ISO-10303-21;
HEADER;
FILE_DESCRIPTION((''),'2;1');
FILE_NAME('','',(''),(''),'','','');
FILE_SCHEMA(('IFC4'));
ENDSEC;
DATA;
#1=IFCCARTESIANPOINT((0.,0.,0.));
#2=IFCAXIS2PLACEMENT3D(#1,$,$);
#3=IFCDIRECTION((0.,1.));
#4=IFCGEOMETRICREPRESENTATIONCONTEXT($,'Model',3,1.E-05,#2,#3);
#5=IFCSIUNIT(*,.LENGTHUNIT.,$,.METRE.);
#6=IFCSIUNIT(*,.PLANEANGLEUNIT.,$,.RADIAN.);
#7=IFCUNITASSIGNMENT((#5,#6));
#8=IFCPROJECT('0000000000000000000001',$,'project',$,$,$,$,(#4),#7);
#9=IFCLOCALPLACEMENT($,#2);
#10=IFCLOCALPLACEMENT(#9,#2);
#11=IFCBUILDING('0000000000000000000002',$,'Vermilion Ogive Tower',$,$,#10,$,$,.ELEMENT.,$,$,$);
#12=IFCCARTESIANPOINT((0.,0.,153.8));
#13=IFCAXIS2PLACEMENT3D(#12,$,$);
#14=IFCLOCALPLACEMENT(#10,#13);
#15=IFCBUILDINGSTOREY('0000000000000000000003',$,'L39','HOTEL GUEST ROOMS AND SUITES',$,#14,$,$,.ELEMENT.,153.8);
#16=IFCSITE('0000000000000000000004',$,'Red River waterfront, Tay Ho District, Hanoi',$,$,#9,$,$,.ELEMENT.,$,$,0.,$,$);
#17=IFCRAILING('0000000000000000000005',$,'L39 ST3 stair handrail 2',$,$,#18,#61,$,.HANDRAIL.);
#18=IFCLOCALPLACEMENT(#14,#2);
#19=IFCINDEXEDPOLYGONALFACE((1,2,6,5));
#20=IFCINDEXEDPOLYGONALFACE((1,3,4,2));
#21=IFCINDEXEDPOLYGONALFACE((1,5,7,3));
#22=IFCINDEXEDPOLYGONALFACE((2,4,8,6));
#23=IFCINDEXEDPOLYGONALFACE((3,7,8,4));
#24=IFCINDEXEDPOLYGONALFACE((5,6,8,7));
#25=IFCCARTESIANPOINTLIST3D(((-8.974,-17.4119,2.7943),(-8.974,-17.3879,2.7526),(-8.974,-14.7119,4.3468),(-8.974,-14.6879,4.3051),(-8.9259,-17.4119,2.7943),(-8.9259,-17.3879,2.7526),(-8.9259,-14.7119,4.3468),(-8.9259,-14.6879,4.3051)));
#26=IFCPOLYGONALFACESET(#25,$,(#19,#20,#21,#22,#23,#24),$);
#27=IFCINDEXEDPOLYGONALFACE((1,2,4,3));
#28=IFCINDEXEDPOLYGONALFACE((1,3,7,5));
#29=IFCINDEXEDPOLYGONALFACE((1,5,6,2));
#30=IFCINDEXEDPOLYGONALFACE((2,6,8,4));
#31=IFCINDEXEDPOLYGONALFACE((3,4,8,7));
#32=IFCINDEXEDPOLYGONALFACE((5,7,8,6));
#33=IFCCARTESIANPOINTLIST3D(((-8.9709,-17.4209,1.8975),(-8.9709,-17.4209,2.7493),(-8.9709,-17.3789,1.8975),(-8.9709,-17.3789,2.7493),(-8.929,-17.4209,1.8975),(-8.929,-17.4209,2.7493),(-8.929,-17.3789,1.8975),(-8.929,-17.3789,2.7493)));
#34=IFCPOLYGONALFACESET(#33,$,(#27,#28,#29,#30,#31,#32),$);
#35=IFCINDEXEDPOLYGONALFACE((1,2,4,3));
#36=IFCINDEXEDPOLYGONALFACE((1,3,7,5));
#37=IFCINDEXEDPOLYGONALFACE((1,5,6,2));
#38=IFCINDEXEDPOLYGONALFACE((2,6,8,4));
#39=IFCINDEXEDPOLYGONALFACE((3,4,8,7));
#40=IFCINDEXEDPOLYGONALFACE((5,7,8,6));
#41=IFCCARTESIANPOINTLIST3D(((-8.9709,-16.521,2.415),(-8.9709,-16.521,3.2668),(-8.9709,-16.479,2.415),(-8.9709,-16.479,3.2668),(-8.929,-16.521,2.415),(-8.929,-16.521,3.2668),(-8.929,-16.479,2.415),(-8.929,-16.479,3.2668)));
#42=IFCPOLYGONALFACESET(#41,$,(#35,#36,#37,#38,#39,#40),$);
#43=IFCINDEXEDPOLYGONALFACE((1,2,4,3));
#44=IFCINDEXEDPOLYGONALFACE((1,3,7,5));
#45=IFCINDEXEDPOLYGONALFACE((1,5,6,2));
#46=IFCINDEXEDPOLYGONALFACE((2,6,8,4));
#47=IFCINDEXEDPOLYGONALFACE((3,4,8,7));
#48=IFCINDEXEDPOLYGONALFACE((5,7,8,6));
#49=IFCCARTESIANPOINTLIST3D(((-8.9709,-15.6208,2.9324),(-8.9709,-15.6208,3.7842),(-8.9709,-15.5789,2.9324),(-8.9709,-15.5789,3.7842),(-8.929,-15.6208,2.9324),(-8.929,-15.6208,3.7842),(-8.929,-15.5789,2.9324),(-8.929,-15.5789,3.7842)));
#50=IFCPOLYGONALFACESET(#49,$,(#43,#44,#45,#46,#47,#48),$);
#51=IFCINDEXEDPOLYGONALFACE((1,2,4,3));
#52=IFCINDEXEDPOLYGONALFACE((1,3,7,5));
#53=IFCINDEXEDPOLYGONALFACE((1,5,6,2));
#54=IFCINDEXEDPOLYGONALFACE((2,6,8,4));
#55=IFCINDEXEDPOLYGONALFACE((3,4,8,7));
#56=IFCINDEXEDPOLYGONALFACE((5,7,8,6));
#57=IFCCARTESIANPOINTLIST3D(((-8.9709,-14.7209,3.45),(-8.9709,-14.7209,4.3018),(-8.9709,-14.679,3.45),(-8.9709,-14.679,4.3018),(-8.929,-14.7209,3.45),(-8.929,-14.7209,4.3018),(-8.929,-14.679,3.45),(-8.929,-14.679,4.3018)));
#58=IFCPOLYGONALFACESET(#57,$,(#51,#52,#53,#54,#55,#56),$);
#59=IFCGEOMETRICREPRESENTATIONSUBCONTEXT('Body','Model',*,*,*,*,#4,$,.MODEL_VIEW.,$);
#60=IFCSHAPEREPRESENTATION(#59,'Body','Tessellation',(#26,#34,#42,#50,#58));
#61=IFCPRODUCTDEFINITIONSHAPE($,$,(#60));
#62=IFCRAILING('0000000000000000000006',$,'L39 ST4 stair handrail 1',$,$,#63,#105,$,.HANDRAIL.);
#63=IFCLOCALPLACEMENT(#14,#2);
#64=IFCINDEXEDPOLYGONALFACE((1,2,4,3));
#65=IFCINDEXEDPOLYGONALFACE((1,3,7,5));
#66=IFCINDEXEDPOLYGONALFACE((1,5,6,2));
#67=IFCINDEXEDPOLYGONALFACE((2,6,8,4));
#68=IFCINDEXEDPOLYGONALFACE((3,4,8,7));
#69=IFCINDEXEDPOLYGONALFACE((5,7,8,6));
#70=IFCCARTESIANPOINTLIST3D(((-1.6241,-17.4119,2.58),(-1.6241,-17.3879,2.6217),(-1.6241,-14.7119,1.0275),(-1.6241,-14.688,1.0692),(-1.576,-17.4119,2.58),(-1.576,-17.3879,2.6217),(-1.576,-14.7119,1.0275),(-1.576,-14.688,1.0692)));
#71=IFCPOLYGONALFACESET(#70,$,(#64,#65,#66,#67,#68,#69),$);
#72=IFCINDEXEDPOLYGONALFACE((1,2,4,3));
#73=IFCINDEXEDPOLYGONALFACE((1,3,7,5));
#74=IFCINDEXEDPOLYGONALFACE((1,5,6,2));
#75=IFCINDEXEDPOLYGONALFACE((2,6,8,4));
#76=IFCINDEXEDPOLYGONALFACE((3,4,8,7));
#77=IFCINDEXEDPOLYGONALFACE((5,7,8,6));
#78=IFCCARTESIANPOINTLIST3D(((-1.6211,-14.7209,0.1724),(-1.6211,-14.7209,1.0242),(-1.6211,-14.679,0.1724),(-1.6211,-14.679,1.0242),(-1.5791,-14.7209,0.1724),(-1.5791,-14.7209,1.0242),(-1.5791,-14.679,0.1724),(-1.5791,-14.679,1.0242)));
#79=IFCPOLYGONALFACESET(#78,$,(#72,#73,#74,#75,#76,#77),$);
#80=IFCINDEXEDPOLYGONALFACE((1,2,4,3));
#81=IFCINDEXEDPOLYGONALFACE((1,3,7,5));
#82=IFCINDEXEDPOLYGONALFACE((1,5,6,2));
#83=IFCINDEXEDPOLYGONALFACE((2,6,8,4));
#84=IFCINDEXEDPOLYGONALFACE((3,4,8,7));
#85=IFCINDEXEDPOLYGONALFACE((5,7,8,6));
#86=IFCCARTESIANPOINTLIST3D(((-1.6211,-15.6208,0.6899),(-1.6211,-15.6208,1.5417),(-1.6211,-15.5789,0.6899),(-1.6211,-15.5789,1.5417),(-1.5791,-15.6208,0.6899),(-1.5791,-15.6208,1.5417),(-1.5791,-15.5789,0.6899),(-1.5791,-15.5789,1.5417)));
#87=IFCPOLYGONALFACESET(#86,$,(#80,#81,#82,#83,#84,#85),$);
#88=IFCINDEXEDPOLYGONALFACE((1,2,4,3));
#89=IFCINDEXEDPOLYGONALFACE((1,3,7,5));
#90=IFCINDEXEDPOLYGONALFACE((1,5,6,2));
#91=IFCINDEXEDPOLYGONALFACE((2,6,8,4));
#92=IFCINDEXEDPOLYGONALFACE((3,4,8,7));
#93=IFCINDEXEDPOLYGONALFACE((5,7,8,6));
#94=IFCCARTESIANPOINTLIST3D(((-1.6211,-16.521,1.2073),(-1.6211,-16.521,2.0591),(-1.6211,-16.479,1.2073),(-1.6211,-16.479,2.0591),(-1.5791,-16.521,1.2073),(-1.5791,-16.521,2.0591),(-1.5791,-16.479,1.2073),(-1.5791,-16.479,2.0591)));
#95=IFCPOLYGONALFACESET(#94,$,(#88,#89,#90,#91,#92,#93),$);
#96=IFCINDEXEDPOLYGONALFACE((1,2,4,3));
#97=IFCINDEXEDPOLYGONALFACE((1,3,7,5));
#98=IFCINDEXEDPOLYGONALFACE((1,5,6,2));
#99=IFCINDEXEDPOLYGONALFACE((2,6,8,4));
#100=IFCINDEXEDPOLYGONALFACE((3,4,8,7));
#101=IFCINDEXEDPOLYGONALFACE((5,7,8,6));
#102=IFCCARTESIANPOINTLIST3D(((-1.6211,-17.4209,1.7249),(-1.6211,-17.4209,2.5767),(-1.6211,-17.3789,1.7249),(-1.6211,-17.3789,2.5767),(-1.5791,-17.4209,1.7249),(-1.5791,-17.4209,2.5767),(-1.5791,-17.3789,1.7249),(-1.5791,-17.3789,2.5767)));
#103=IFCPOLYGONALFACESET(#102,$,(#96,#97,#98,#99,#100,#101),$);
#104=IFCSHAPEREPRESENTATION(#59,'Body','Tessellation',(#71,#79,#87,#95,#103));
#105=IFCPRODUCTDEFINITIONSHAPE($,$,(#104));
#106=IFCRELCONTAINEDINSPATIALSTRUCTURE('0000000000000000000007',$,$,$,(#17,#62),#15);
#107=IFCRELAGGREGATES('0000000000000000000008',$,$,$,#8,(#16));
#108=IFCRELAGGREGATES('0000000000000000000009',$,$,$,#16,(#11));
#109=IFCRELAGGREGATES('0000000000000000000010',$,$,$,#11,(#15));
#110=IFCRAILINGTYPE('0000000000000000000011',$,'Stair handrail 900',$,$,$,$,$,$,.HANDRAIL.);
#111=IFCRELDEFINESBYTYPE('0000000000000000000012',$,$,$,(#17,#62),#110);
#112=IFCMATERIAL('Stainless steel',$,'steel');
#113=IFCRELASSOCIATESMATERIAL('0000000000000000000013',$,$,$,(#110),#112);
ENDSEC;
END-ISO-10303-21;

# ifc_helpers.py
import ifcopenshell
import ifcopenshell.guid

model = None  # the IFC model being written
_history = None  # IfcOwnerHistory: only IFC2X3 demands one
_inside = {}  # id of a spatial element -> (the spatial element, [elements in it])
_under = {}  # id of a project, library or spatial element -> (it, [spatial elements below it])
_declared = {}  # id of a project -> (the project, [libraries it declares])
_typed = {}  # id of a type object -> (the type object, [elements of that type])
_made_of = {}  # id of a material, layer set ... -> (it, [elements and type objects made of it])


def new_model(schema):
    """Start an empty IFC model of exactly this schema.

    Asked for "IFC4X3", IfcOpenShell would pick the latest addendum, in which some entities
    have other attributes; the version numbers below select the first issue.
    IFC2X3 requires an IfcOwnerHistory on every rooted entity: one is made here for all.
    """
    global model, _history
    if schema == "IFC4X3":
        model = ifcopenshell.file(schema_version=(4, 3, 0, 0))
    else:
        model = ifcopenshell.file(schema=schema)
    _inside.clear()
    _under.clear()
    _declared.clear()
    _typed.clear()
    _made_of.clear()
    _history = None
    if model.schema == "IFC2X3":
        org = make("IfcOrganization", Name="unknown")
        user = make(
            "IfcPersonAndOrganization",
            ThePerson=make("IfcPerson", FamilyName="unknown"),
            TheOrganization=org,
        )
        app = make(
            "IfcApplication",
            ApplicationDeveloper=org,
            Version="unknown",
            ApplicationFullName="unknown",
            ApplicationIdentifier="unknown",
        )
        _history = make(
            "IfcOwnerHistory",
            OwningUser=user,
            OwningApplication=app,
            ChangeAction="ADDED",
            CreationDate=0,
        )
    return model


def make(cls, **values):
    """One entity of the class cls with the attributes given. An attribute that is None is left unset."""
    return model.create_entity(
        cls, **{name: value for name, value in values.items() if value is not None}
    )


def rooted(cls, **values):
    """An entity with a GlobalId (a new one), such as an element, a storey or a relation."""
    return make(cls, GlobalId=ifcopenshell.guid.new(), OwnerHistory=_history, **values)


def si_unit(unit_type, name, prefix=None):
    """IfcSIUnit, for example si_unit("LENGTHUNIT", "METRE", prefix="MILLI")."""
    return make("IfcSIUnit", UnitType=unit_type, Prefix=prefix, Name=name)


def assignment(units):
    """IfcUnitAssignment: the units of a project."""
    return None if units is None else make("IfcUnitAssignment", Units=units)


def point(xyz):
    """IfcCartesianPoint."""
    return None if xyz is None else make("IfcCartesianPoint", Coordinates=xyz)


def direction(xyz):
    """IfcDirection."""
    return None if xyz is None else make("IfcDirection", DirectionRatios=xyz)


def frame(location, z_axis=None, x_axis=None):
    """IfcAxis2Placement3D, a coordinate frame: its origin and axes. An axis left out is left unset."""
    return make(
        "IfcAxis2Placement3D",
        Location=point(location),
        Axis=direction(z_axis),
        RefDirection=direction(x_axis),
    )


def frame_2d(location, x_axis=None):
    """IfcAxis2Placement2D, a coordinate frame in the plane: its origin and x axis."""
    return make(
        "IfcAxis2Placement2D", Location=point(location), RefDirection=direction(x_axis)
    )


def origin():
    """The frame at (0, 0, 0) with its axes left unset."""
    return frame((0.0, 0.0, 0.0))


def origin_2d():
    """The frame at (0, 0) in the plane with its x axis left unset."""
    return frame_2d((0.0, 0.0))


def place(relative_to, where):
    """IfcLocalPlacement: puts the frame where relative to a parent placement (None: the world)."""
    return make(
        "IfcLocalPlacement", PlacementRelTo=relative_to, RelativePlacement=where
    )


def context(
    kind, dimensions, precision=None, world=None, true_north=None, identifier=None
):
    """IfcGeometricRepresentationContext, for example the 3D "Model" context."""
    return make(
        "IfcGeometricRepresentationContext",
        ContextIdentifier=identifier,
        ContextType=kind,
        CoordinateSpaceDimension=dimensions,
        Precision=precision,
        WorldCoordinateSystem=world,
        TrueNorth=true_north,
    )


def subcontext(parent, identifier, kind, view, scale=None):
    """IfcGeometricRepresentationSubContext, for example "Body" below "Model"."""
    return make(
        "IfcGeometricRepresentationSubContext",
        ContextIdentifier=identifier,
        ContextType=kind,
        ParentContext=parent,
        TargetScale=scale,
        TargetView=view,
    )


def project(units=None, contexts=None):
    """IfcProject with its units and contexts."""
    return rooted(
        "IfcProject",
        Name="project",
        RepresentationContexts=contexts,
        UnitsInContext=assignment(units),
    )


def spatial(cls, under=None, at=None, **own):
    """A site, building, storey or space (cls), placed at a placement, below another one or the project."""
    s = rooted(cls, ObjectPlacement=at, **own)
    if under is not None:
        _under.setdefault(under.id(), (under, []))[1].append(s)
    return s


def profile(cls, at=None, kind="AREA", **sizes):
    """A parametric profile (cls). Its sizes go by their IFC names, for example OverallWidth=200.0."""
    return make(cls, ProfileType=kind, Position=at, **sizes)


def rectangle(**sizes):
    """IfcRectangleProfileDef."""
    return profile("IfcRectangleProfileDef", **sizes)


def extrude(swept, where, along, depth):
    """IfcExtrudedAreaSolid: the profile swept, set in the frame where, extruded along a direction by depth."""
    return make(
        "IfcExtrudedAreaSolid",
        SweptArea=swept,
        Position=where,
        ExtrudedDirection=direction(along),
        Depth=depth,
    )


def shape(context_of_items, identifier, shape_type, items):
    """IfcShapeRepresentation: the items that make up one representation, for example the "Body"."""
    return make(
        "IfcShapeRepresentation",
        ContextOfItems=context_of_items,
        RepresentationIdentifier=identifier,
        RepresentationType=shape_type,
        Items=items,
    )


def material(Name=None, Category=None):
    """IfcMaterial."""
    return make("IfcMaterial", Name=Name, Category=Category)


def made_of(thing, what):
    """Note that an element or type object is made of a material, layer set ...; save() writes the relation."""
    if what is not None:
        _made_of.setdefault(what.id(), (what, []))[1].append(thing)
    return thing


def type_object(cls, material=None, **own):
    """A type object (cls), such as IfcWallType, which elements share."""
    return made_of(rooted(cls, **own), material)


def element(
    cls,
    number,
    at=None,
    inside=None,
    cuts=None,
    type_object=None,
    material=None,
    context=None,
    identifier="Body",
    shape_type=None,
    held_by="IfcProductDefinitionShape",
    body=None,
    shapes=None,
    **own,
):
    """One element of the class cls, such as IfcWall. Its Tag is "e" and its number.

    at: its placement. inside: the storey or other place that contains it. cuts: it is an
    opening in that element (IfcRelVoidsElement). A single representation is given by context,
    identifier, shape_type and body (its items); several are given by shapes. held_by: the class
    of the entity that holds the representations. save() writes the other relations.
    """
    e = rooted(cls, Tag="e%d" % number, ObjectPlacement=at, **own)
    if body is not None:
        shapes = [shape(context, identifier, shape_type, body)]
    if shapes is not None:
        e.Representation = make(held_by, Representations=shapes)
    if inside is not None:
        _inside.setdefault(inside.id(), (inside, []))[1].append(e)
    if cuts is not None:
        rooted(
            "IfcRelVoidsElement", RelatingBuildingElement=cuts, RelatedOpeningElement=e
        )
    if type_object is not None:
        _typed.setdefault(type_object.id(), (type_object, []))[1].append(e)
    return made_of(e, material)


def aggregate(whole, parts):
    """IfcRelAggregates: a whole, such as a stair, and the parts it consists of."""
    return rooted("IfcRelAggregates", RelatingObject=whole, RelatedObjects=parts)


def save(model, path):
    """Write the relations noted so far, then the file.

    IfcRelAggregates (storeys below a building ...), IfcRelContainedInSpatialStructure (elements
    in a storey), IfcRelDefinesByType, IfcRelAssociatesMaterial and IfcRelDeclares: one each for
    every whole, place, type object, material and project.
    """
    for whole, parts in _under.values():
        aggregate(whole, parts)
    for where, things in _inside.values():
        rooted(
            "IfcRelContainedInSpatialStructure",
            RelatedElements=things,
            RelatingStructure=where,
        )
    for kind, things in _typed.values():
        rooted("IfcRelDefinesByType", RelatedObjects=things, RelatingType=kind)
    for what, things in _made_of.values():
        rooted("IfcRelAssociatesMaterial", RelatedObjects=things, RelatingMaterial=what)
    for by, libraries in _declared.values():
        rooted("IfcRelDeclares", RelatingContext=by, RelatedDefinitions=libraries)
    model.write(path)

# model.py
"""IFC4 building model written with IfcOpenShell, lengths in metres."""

from ifc_helpers import new_model, si_unit, direction, frame, origin, origin_2d, place, context, subcontext, project, spatial, rectangle, extrude, material, type_object, element, save


model = new_model("IFC4")

# Units and contexts
model_context = context("Model", 3, precision=1e-05, world=origin(), true_north=direction((0.0, 1.0)))
body_context = subcontext(model_context, "Body", "Model", "MODEL_VIEW")
ifc_project = project(units=[si_unit("LENGTHUNIT", "METRE"), si_unit("PLANEANGLEUNIT", "RADIAN")], contexts=[model_context])

# Site, building, storey
site_placement = place(None, origin())
site = spatial("IfcSite", under=ifc_project, at=site_placement, Name="Red River waterfront, Tay Ho District, Hanoi", CompositionType="ELEMENT", RefElevation=0.0)
building_placement = place(site_placement, origin())
building = spatial("IfcBuilding", under=site, at=building_placement, Name="Vermilion Ogive Tower", CompositionType="ELEMENT")
storey_placement = place(building_placement, frame((0.0, 0.0, 153.8)))
storey = spatial("IfcBuildingStorey", under=building, at=storey_placement, Name="L39", Description="HOTEL GUEST ROOMS AND SUITES", CompositionType="ELEMENT", Elevation=153.8)

# Railings
ifc_material_1 = material(Name="Stainless steel", Category="steel")
railing_type_1 = type_object("IfcRailingType", Name="Stair handrail 900", PredefinedType="HANDRAIL", material=ifc_material_1)
railing_1_placement = place(storey_placement, frame((-8.95, -17.3999, 1.8975)))
element("IfcRailing", 1, at=railing_1_placement, inside=storey, type_object=railing_type_1, Name="L39 ST3 stair handrail 2", PredefinedType="HANDRAIL", context=body_context, shape_type="SweptSolid", body=[
    extrude(rectangle(XDim=0.0481, YDim=0.0481, at=origin_2d()), frame((0.0, 0.0, 0.876), z_axis=(0.0, 0.866904, 0.498476), x_axis=(-1.0, 0.0, 0.0)), (0.0, 0.0, 1.0), 3.1145),
    extrude(rectangle(XDim=0.042, YDim=0.042, at=origin_2d()), origin(), (0.0, 0.0, 1.0), 0.8518),
    extrude(rectangle(XDim=0.042, YDim=0.042, at=origin_2d()), frame((0.0, 0.8999, 0.5176)), (0.0, 0.0, 1.0), 0.8518),
    extrude(rectangle(XDim=0.042, YDim=0.042, at=origin_2d()), frame((0.0, 1.8, 1.0349)), (0.0, 0.0, 1.0), 0.8518),
    extrude(rectangle(XDim=0.042, YDim=0.042, at=origin_2d()), frame((0.0, 2.7, 1.5525)), (0.0, 0.0, 1.0), 0.8518),
])
railing_2_placement = place(storey_placement, frame((-1.6001, -14.7, 0.1724)))
element("IfcRailing", 2, at=railing_2_placement, inside=storey, type_object=railing_type_1, Name="L39 ST4 stair handrail 1", PredefinedType="HANDRAIL", context=body_context, shape_type="SweptSolid", body=[
    extrude(rectangle(XDim=0.0481, YDim=0.0481, at=origin_2d()), frame((0.0, 0.0, 0.876), z_axis=(0.0, -0.866904, 0.498476), x_axis=(1.0, 0.0, 0.0)), (0.0, 0.0, 1.0), 3.1145),
    extrude(rectangle(XDim=0.042, YDim=0.042, at=origin_2d()), origin(), (0.0, 0.0, 1.0), 0.8518),
    extrude(rectangle(XDim=0.042, YDim=0.042, at=origin_2d()), frame((0.0, -0.8999, 0.5176)), (0.0, 0.0, 1.0), 0.8518),
    extrude(rectangle(XDim=0.042, YDim=0.042, at=origin_2d()), frame((0.0, -1.8, 1.0349)), (0.0, 0.0, 1.0), 0.8518),
    extrude(rectangle(XDim=0.042, YDim=0.042, at=origin_2d()), frame((0.0, -2.7, 1.5525)), (0.0, 0.0, 1.0), 0.8518),
])

save(model, "model.ifc")
